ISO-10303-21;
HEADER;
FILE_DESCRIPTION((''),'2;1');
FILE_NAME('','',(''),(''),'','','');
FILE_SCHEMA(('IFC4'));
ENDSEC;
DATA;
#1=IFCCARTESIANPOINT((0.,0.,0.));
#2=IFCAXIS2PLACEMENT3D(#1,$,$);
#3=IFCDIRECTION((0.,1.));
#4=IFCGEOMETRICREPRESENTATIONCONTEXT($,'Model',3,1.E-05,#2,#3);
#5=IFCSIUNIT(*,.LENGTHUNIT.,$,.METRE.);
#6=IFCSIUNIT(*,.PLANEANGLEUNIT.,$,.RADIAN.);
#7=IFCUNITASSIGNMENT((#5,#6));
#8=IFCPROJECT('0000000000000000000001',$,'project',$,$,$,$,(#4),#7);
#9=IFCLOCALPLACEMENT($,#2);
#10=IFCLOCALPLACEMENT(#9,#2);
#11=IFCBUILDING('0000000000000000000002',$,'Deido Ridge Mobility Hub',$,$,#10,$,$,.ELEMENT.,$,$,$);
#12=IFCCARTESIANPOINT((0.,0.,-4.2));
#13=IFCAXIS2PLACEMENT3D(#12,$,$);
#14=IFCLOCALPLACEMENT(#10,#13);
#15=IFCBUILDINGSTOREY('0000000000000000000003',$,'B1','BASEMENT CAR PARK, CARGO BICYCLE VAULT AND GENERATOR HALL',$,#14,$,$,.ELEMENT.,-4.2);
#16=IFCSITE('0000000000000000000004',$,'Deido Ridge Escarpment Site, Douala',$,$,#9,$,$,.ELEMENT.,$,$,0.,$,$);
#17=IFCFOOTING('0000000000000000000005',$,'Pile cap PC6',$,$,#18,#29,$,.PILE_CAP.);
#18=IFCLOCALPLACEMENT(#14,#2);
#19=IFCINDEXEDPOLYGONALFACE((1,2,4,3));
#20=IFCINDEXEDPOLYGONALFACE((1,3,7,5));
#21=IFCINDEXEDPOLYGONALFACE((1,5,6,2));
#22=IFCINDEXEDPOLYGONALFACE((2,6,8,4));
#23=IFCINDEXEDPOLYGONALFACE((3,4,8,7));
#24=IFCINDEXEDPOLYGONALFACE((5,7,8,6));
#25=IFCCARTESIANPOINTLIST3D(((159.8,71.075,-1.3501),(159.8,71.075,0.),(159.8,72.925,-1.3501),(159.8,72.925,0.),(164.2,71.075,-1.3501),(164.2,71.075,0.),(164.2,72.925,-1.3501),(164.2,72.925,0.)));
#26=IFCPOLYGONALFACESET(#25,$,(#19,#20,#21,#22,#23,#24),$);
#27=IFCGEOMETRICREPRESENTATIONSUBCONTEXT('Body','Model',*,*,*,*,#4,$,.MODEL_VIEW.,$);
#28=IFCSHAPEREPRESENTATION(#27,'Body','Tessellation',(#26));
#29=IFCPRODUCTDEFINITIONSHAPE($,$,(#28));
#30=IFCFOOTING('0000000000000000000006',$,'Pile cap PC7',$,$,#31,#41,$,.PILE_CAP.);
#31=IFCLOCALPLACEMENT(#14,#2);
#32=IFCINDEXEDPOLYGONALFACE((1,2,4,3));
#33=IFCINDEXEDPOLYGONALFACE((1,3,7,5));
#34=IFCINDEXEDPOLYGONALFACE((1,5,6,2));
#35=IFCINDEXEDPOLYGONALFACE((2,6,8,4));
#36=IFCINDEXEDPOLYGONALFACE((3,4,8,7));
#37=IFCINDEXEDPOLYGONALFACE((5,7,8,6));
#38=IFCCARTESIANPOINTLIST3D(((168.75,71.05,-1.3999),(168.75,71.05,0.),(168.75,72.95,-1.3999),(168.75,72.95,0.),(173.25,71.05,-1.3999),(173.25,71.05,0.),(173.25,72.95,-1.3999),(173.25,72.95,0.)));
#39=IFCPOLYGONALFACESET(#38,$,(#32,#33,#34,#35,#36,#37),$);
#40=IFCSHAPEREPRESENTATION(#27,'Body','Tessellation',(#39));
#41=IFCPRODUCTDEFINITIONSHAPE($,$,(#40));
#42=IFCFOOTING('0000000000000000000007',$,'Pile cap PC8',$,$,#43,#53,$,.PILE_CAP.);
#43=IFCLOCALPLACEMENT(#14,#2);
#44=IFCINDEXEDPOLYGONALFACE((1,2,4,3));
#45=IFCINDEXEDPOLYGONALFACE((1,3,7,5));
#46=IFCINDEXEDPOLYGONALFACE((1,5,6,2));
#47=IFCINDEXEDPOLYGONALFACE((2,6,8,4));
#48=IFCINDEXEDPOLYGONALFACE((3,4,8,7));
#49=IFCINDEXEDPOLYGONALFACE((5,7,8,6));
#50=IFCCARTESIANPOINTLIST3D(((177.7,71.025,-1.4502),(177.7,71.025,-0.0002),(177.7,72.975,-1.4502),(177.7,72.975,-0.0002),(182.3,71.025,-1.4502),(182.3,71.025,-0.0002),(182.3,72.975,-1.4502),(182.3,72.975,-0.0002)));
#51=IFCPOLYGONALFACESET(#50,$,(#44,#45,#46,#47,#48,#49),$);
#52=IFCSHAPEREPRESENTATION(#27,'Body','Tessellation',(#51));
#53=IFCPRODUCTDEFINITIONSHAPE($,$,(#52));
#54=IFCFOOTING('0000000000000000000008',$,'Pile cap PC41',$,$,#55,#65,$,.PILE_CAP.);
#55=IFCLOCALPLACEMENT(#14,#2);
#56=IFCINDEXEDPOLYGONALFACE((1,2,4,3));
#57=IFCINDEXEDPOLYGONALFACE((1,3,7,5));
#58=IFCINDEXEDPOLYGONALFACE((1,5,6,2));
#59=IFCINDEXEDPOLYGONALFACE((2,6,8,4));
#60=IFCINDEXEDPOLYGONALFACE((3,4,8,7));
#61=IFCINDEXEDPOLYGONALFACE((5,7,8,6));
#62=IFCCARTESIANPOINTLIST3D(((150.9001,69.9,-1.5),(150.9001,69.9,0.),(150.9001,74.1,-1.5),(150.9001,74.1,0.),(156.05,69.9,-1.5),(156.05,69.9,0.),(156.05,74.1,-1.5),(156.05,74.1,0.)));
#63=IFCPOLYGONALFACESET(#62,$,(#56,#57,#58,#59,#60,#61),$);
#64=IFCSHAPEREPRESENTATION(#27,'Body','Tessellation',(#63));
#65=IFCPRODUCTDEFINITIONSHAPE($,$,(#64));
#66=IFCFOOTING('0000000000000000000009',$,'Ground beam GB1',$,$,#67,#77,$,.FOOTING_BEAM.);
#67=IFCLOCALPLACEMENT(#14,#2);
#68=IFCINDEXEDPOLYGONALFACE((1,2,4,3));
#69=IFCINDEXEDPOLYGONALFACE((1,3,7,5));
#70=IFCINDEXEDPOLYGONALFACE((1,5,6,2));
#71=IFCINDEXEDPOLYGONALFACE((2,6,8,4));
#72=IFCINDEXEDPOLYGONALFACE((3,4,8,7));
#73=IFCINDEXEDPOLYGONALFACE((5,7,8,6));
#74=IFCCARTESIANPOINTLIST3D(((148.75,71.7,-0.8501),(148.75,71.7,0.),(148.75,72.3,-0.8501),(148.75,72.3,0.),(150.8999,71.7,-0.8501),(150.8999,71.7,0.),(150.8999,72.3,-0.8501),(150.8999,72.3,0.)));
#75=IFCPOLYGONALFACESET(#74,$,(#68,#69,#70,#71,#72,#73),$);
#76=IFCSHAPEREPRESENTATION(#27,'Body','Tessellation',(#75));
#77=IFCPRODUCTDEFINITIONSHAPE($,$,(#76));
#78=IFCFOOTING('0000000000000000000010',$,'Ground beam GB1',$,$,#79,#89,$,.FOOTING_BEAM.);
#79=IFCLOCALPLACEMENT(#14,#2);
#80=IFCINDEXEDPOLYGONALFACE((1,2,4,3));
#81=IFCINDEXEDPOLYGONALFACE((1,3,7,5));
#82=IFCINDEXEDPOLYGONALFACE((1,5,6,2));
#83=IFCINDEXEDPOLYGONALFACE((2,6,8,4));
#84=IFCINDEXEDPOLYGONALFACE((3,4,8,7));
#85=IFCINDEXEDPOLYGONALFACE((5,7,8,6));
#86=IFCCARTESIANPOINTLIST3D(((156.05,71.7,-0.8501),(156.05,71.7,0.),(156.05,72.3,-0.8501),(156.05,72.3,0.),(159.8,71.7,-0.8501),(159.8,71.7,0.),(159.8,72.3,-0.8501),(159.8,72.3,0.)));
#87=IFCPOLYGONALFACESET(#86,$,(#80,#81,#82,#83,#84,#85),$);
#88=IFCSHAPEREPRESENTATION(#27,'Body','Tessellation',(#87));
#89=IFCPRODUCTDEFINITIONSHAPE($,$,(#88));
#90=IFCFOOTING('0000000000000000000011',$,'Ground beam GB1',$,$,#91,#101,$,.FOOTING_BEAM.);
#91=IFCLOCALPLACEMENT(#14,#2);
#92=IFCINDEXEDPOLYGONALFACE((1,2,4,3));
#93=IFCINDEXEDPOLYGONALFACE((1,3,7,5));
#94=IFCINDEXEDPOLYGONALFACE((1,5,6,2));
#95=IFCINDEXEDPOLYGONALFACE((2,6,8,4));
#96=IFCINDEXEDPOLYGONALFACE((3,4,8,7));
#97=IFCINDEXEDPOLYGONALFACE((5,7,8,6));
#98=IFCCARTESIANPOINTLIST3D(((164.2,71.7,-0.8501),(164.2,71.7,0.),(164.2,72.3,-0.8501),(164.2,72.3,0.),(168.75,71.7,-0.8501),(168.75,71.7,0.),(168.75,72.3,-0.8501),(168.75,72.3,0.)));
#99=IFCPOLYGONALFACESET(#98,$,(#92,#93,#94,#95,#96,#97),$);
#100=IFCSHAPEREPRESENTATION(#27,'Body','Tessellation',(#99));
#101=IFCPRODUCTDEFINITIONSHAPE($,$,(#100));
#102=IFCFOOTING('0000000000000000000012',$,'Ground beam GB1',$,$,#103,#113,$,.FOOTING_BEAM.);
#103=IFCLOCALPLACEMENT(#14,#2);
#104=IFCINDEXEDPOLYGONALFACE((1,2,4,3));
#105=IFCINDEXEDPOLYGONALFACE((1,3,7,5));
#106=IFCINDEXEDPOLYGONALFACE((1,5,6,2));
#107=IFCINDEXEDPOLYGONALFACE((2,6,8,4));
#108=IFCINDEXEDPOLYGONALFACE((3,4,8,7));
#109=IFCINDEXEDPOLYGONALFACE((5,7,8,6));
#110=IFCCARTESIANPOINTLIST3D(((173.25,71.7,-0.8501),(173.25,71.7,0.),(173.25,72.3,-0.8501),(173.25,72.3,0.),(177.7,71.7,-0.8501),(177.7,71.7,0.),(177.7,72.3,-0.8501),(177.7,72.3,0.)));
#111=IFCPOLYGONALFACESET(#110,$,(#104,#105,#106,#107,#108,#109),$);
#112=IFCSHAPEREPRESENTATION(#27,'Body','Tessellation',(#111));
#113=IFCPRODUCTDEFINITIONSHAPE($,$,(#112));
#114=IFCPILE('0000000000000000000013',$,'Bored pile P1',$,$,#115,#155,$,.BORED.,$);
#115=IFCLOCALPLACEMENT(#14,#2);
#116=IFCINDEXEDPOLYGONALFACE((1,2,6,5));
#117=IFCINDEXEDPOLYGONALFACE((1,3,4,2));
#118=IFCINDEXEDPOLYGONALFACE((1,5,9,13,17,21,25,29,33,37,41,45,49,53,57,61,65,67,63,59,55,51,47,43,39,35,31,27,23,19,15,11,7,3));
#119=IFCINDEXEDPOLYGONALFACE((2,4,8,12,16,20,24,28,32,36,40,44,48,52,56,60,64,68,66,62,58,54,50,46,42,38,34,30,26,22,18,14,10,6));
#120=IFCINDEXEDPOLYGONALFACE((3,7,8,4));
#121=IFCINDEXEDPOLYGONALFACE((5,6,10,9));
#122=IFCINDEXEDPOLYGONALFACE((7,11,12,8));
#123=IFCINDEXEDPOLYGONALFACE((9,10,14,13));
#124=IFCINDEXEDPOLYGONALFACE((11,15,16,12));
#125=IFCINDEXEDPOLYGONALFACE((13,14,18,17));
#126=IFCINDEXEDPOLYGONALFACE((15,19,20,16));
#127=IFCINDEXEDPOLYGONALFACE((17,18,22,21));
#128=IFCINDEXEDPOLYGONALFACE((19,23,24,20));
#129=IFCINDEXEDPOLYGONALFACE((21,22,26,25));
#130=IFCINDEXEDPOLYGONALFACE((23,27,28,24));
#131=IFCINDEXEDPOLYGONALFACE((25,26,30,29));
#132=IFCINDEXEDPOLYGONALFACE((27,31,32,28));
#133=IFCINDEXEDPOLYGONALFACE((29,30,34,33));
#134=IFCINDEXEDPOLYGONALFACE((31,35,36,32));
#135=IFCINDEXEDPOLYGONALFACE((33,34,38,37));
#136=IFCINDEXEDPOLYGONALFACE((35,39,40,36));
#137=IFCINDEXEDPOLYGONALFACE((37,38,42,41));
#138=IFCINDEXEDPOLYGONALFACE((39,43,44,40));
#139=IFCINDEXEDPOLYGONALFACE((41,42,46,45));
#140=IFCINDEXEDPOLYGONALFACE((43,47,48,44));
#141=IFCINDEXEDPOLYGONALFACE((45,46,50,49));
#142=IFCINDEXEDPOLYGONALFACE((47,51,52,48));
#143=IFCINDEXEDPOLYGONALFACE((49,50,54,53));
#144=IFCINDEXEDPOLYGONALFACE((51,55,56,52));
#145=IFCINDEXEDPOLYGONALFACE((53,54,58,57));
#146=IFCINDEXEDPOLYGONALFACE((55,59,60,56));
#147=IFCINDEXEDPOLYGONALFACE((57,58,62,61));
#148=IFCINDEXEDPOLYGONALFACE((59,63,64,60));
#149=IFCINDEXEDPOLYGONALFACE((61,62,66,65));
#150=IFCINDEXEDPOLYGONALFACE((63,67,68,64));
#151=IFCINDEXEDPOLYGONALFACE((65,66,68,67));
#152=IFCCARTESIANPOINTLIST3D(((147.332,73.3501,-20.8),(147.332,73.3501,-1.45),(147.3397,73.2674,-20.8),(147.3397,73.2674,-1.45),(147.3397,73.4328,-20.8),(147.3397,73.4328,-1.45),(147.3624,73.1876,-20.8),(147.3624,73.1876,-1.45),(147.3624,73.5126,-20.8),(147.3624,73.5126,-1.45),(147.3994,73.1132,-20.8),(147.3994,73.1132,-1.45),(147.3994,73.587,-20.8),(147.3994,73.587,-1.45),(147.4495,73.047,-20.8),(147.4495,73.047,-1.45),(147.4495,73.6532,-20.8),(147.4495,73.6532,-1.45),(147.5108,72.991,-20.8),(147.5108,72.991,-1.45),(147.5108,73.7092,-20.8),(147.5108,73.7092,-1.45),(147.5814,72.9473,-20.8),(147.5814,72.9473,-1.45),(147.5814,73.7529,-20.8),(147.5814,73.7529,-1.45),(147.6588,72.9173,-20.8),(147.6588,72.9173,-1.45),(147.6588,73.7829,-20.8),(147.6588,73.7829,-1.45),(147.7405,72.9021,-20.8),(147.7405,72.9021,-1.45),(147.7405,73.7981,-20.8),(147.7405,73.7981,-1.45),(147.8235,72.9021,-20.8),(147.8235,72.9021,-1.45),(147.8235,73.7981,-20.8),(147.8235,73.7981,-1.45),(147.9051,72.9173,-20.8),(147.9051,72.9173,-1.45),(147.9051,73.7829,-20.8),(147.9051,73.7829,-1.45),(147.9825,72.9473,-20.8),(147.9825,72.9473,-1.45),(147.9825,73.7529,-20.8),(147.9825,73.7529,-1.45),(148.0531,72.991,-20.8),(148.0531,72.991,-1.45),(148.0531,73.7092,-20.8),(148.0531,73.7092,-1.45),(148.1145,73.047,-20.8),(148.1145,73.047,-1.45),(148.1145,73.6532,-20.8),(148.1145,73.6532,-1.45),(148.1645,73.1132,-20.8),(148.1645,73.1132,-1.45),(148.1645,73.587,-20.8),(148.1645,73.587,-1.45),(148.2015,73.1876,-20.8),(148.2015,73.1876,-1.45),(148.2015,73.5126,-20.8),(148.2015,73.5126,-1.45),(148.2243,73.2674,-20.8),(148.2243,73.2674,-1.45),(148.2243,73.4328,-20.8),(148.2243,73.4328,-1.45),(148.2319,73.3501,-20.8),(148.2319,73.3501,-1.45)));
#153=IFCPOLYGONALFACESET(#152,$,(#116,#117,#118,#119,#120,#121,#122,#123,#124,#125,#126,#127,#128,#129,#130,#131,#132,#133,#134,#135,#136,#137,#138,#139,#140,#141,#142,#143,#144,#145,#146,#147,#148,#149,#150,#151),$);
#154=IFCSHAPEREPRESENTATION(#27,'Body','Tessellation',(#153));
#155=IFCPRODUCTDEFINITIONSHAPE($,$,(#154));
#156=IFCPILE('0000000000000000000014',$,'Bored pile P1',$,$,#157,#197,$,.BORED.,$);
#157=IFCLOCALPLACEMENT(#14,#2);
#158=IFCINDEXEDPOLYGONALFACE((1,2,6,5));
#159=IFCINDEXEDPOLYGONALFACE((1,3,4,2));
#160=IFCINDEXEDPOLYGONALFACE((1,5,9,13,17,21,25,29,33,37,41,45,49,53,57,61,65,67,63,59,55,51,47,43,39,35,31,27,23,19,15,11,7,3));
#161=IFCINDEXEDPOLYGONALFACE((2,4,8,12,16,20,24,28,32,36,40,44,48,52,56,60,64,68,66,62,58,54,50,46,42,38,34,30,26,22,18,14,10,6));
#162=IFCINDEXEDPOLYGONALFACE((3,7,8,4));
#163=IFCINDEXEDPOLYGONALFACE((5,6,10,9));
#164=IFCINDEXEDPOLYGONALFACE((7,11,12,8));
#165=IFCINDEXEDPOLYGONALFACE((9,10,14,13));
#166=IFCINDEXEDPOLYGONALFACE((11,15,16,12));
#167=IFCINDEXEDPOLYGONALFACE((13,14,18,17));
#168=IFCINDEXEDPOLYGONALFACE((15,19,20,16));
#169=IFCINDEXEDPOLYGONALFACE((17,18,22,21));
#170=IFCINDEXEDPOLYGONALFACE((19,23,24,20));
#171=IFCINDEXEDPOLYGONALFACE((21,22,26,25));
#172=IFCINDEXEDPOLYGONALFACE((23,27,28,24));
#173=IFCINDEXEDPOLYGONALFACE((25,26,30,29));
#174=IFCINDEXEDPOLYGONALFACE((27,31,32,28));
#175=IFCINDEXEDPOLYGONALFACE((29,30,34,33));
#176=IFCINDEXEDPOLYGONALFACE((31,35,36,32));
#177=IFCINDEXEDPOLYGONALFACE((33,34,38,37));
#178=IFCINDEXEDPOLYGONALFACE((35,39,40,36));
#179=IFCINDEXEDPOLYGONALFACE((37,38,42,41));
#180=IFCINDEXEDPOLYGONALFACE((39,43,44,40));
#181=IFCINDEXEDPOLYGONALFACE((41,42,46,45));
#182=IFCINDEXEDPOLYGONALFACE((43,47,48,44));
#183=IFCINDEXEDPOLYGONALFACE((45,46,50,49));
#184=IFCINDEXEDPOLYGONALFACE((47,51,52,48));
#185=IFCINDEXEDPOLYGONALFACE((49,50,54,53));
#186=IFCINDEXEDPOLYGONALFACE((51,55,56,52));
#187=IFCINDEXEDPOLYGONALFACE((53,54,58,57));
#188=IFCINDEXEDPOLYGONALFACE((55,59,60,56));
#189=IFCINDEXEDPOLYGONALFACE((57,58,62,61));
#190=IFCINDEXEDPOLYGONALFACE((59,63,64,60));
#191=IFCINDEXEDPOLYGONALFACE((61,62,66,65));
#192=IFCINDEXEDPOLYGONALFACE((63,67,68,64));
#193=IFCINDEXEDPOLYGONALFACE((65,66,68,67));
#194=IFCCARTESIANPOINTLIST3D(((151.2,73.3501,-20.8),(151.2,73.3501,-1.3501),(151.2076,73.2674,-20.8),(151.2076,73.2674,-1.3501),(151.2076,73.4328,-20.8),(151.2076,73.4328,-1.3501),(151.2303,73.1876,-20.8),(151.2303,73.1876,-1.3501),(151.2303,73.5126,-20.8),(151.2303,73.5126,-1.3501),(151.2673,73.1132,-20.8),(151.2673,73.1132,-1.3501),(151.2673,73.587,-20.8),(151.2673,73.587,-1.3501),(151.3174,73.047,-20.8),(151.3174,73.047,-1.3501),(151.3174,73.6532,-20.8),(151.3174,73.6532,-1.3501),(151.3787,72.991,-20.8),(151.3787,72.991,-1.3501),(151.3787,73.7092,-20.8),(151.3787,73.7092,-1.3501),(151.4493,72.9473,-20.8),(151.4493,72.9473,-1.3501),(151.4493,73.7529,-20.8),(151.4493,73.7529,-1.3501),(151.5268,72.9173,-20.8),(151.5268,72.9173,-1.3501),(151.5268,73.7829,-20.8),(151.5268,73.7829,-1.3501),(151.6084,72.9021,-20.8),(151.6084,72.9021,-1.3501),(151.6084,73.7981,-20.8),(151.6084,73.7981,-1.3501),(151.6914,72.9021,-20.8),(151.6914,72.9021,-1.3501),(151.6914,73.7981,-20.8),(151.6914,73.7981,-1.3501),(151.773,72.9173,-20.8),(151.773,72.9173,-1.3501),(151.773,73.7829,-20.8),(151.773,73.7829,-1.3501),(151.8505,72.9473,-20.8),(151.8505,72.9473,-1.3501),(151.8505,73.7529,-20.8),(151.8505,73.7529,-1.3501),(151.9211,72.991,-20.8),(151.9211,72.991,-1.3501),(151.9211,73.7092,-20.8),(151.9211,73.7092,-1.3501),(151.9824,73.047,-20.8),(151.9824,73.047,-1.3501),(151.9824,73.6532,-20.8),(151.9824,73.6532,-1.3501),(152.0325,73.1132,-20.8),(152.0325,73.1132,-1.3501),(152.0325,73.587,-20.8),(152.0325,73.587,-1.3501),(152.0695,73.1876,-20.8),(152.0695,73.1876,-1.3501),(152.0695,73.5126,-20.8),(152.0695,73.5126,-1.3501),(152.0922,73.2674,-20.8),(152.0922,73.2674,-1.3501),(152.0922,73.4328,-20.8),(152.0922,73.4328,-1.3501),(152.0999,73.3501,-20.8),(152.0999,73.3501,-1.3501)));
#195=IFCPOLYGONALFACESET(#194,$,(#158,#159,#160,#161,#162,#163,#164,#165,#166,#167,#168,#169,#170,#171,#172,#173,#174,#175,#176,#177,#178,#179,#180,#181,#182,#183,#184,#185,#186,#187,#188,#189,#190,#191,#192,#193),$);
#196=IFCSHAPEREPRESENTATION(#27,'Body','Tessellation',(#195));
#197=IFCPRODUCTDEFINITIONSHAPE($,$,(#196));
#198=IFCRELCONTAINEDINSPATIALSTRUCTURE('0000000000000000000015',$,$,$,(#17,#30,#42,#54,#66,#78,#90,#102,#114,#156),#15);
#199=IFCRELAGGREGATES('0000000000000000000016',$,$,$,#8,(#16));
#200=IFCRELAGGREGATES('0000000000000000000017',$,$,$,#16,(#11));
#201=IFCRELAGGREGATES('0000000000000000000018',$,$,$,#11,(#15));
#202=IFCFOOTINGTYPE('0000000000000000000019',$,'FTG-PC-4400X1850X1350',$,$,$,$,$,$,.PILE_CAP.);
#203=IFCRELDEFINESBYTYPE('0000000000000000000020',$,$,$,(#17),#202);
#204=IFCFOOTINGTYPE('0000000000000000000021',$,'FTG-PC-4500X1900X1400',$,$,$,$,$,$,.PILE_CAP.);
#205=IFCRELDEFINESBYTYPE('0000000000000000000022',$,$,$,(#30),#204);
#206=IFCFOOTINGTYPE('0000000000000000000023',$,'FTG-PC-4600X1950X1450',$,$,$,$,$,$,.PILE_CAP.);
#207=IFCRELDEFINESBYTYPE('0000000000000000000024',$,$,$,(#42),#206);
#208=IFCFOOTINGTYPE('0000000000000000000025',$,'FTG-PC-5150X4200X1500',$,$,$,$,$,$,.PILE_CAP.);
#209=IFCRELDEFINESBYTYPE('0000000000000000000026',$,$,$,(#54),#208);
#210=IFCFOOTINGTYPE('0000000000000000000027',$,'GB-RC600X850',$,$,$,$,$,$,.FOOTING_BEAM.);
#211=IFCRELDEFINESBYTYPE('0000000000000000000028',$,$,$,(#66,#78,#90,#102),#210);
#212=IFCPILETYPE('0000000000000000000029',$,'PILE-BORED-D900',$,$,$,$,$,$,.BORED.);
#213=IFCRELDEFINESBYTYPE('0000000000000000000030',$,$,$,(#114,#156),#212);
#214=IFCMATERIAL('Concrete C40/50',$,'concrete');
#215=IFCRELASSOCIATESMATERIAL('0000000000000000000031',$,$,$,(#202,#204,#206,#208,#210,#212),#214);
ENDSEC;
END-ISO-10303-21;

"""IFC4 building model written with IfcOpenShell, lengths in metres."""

from ifc_helpers import new_model, si_unit, direction, frame, origin, origin_2d, place, context, subcontext, project, spatial, rectangle, circle, extrude, material, material_profile, profile_set, type_object, element, save


model = new_model("IFC4")

# Units and contexts
model_context = context("Model", 3, precision=1e-05, world=origin(), true_north=direction((0.0, 1.0)))
body_context = subcontext(model_context, "Body", "Model", "MODEL_VIEW")
ifc_project = project(units=[si_unit("LENGTHUNIT", "METRE"), si_unit("PLANEANGLEUNIT", "RADIAN")], contexts=[model_context])

# Site, building, storey
site_placement = place(None, origin())
site = spatial("IfcSite", under=ifc_project, at=site_placement, Name="Deido Ridge Escarpment Site, Douala", CompositionType="ELEMENT", RefElevation=0.0)
building_placement = place(site_placement, origin())
building = spatial("IfcBuilding", under=site, at=building_placement, Name="Deido Ridge Mobility Hub", CompositionType="ELEMENT")
storey_placement = place(building_placement, frame((0.0, 0.0, -4.2)))
storey = spatial("IfcBuildingStorey", under=building, at=storey_placement, Name="B1", Description="BASEMENT CAR PARK, CARGO BICYCLE VAULT AND GENERATOR HALL", CompositionType="ELEMENT", Elevation=-4.2)

# Footings
ifc_material_1 = material(Name="Concrete C40/50", Category="concrete")
footing_type_1 = type_object("IfcFootingType", Name="FTG-PC-4400X1850X1350", PredefinedType="PILE_CAP", material=ifc_material_1)
footing_1_placement = place(storey_placement, frame((162.0, 72.0, -1.3501), z_axis=(0.0, 0.0, 1.0), x_axis=(1.0, 0.0, 0.0)))
element("IfcFooting", 1, at=footing_1_placement, inside=storey, type_object=footing_type_1, Name="Pile cap PC6", PredefinedType="PILE_CAP", context=body_context, shape_type="SweptSolid", body=[
    extrude(rectangle(XDim=4.3999, YDim=1.8501, at=origin_2d()), origin(), (0.0, 0.0, 1.0), 1.3501),
])
footing_type_2 = type_object("IfcFootingType", Name="FTG-PC-4500X1900X1400", PredefinedType="PILE_CAP", material=ifc_material_1)
footing_2_placement = place(storey_placement, frame((171.0, 72.0, -1.3999), z_axis=(0.0, 0.0, 1.0), x_axis=(1.0, 0.0, 0.0)))
element("IfcFooting", 2, at=footing_2_placement, inside=storey, type_object=footing_type_2, Name="Pile cap PC7", PredefinedType="PILE_CAP", context=body_context, shape_type="SweptSolid", body=[
    extrude(rectangle(XDim=4.5, YDim=1.8999, at=origin_2d()), origin(), (0.0, 0.0, 1.0), 1.3999),
])
footing_type_3 = type_object("IfcFootingType", Name="FTG-PC-4600X1950X1450", PredefinedType="PILE_CAP", material=ifc_material_1)
footing_3_placement = place(storey_placement, frame((180.0, 72.0, -1.4502), z_axis=(0.0, 0.0, 1.0), x_axis=(1.0, 0.0, 0.0)))
element("IfcFooting", 3, at=footing_3_placement, inside=storey, type_object=footing_type_3, Name="Pile cap PC8", PredefinedType="PILE_CAP", context=body_context, shape_type="SweptSolid", body=[
    extrude(rectangle(XDim=4.6001, YDim=1.95, at=origin_2d()), origin(), (0.0, 0.0, 1.0), 1.45),
])
footing_type_4 = type_object("IfcFootingType", Name="FTG-PC-5150X4200X1500", PredefinedType="PILE_CAP", material=ifc_material_1)
footing_4_placement = place(storey_placement, frame((153.4751, 72.0, -1.5), z_axis=(0.0, 0.0, 1.0), x_axis=(1.0, 0.0, 0.0)))
element("IfcFooting", 4, at=footing_4_placement, inside=storey, type_object=footing_type_4, Name="Pile cap PC41", PredefinedType="PILE_CAP", context=body_context, shape_type="SweptSolid", body=[
    extrude(rectangle(XDim=5.1499, YDim=4.2, at=origin_2d()), origin(), (0.0, 0.0, 1.0), 1.5),
])
ifc_material_profile_1 = material_profile(ifc_material_1, rectangle(XDim=0.6001, YDim=0.8501, at=origin_2d()), Name="RC GB 600x850")
ifc_profile_set_1 = profile_set([ifc_material_profile_1], Name="Concrete C40/50")
footing_type_5 = type_object("IfcFootingType", Name="GB-RC600X850", PredefinedType="FOOTING_BEAM", material=ifc_profile_set_1)
footing_5_placement = place(storey_placement, frame((148.75, 72.0, -0.425), z_axis=(1.0, 0.0, 0.0), x_axis=(0.0, 1.0, 0.0)))
element("IfcFooting", 5, at=footing_5_placement, inside=storey, type_object=footing_type_5, Name="Ground beam GB1", PredefinedType="FOOTING_BEAM", context=body_context, shape_type="SweptSolid", body=[
    extrude(rectangle(XDim=0.6001, YDim=0.8501, at=origin_2d()), origin(), (0.0, 0.0, 1.0), 2.1499),
])
footing_6_placement = place(storey_placement, frame((156.05, 72.0, -0.425), z_axis=(1.0, 0.0, 0.0), x_axis=(0.0, 1.0, 0.0)))
element("IfcFooting", 6, at=footing_6_placement, inside=storey, type_object=footing_type_5, Name="Ground beam GB1", PredefinedType="FOOTING_BEAM", context=body_context, shape_type="SweptSolid", body=[
    extrude(rectangle(XDim=0.6001, YDim=0.8501, at=origin_2d()), origin(), (0.0, 0.0, 1.0), 3.75),
])
footing_7_placement = place(storey_placement, frame((164.2, 72.0, -0.425), z_axis=(1.0, 0.0, 0.0), x_axis=(0.0, 1.0, 0.0)))
element("IfcFooting", 7, at=footing_7_placement, inside=storey, type_object=footing_type_5, Name="Ground beam GB1", PredefinedType="FOOTING_BEAM", context=body_context, shape_type="SweptSolid", body=[
    extrude(rectangle(XDim=0.6001, YDim=0.8501, at=origin_2d()), origin(), (0.0, 0.0, 1.0), 4.55),
])
footing_8_placement = place(storey_placement, frame((173.25, 72.0, -0.425), z_axis=(1.0, 0.0, 0.0), x_axis=(0.0, 1.0, 0.0)))
element("IfcFooting", 8, at=footing_8_placement, inside=storey, type_object=footing_type_5, Name="Ground beam GB1", PredefinedType="FOOTING_BEAM", context=body_context, shape_type="SweptSolid", body=[
    extrude(rectangle(XDim=0.6001, YDim=0.8501, at=origin_2d()), origin(), (0.0, 0.0, 1.0), 4.45),
])

# Piles
ifc_material_profile_2 = material_profile(ifc_material_1, circle(Radius=0.45, at=origin_2d()), Name="BORED PILE D900")
ifc_profile_set_2 = profile_set([ifc_material_profile_2], Name="Concrete C40/50")
pile_type = type_object("IfcPileType", Name="PILE-BORED-D900", PredefinedType="BORED", material=ifc_profile_set_2)
pile_placement = place(storey_placement, frame((147.782, 73.3501, -1.45), z_axis=(0.0, 0.0, -1.0), x_axis=(1.0, 0.0, 0.0)))
element("IfcPile", 9, at=pile_placement, inside=storey, type_object=pile_type, Name="Bored pile P1", PredefinedType="BORED", context=body_context, shape_type="SweptSolid", body=[
    extrude(circle(Radius=0.45, at=origin_2d()), origin(), (0.0, 0.0, 1.0), 19.3501),
])
for number, where, z_axis, x_axis, name in (
    (10, (151.6499, 73.3501, -1.3501), (0.0, 0.0, -1.0), (1.0, 0.0, 0.0), "Bored pile P1"),
):
    element("IfcPile", number, at=place(storey_placement, frame(where, z_axis=z_axis, x_axis=x_axis)), inside=storey, type_object=pile_type, Name=name, PredefinedType="BORED", context=body_context, shape_type="SweptSolid", body=[
        extrude(circle(Radius=0.45, at=origin_2d()), origin(), (0.0, 0.0, 1.0), 19.45),
    ])

save(model, "model.ifc")
